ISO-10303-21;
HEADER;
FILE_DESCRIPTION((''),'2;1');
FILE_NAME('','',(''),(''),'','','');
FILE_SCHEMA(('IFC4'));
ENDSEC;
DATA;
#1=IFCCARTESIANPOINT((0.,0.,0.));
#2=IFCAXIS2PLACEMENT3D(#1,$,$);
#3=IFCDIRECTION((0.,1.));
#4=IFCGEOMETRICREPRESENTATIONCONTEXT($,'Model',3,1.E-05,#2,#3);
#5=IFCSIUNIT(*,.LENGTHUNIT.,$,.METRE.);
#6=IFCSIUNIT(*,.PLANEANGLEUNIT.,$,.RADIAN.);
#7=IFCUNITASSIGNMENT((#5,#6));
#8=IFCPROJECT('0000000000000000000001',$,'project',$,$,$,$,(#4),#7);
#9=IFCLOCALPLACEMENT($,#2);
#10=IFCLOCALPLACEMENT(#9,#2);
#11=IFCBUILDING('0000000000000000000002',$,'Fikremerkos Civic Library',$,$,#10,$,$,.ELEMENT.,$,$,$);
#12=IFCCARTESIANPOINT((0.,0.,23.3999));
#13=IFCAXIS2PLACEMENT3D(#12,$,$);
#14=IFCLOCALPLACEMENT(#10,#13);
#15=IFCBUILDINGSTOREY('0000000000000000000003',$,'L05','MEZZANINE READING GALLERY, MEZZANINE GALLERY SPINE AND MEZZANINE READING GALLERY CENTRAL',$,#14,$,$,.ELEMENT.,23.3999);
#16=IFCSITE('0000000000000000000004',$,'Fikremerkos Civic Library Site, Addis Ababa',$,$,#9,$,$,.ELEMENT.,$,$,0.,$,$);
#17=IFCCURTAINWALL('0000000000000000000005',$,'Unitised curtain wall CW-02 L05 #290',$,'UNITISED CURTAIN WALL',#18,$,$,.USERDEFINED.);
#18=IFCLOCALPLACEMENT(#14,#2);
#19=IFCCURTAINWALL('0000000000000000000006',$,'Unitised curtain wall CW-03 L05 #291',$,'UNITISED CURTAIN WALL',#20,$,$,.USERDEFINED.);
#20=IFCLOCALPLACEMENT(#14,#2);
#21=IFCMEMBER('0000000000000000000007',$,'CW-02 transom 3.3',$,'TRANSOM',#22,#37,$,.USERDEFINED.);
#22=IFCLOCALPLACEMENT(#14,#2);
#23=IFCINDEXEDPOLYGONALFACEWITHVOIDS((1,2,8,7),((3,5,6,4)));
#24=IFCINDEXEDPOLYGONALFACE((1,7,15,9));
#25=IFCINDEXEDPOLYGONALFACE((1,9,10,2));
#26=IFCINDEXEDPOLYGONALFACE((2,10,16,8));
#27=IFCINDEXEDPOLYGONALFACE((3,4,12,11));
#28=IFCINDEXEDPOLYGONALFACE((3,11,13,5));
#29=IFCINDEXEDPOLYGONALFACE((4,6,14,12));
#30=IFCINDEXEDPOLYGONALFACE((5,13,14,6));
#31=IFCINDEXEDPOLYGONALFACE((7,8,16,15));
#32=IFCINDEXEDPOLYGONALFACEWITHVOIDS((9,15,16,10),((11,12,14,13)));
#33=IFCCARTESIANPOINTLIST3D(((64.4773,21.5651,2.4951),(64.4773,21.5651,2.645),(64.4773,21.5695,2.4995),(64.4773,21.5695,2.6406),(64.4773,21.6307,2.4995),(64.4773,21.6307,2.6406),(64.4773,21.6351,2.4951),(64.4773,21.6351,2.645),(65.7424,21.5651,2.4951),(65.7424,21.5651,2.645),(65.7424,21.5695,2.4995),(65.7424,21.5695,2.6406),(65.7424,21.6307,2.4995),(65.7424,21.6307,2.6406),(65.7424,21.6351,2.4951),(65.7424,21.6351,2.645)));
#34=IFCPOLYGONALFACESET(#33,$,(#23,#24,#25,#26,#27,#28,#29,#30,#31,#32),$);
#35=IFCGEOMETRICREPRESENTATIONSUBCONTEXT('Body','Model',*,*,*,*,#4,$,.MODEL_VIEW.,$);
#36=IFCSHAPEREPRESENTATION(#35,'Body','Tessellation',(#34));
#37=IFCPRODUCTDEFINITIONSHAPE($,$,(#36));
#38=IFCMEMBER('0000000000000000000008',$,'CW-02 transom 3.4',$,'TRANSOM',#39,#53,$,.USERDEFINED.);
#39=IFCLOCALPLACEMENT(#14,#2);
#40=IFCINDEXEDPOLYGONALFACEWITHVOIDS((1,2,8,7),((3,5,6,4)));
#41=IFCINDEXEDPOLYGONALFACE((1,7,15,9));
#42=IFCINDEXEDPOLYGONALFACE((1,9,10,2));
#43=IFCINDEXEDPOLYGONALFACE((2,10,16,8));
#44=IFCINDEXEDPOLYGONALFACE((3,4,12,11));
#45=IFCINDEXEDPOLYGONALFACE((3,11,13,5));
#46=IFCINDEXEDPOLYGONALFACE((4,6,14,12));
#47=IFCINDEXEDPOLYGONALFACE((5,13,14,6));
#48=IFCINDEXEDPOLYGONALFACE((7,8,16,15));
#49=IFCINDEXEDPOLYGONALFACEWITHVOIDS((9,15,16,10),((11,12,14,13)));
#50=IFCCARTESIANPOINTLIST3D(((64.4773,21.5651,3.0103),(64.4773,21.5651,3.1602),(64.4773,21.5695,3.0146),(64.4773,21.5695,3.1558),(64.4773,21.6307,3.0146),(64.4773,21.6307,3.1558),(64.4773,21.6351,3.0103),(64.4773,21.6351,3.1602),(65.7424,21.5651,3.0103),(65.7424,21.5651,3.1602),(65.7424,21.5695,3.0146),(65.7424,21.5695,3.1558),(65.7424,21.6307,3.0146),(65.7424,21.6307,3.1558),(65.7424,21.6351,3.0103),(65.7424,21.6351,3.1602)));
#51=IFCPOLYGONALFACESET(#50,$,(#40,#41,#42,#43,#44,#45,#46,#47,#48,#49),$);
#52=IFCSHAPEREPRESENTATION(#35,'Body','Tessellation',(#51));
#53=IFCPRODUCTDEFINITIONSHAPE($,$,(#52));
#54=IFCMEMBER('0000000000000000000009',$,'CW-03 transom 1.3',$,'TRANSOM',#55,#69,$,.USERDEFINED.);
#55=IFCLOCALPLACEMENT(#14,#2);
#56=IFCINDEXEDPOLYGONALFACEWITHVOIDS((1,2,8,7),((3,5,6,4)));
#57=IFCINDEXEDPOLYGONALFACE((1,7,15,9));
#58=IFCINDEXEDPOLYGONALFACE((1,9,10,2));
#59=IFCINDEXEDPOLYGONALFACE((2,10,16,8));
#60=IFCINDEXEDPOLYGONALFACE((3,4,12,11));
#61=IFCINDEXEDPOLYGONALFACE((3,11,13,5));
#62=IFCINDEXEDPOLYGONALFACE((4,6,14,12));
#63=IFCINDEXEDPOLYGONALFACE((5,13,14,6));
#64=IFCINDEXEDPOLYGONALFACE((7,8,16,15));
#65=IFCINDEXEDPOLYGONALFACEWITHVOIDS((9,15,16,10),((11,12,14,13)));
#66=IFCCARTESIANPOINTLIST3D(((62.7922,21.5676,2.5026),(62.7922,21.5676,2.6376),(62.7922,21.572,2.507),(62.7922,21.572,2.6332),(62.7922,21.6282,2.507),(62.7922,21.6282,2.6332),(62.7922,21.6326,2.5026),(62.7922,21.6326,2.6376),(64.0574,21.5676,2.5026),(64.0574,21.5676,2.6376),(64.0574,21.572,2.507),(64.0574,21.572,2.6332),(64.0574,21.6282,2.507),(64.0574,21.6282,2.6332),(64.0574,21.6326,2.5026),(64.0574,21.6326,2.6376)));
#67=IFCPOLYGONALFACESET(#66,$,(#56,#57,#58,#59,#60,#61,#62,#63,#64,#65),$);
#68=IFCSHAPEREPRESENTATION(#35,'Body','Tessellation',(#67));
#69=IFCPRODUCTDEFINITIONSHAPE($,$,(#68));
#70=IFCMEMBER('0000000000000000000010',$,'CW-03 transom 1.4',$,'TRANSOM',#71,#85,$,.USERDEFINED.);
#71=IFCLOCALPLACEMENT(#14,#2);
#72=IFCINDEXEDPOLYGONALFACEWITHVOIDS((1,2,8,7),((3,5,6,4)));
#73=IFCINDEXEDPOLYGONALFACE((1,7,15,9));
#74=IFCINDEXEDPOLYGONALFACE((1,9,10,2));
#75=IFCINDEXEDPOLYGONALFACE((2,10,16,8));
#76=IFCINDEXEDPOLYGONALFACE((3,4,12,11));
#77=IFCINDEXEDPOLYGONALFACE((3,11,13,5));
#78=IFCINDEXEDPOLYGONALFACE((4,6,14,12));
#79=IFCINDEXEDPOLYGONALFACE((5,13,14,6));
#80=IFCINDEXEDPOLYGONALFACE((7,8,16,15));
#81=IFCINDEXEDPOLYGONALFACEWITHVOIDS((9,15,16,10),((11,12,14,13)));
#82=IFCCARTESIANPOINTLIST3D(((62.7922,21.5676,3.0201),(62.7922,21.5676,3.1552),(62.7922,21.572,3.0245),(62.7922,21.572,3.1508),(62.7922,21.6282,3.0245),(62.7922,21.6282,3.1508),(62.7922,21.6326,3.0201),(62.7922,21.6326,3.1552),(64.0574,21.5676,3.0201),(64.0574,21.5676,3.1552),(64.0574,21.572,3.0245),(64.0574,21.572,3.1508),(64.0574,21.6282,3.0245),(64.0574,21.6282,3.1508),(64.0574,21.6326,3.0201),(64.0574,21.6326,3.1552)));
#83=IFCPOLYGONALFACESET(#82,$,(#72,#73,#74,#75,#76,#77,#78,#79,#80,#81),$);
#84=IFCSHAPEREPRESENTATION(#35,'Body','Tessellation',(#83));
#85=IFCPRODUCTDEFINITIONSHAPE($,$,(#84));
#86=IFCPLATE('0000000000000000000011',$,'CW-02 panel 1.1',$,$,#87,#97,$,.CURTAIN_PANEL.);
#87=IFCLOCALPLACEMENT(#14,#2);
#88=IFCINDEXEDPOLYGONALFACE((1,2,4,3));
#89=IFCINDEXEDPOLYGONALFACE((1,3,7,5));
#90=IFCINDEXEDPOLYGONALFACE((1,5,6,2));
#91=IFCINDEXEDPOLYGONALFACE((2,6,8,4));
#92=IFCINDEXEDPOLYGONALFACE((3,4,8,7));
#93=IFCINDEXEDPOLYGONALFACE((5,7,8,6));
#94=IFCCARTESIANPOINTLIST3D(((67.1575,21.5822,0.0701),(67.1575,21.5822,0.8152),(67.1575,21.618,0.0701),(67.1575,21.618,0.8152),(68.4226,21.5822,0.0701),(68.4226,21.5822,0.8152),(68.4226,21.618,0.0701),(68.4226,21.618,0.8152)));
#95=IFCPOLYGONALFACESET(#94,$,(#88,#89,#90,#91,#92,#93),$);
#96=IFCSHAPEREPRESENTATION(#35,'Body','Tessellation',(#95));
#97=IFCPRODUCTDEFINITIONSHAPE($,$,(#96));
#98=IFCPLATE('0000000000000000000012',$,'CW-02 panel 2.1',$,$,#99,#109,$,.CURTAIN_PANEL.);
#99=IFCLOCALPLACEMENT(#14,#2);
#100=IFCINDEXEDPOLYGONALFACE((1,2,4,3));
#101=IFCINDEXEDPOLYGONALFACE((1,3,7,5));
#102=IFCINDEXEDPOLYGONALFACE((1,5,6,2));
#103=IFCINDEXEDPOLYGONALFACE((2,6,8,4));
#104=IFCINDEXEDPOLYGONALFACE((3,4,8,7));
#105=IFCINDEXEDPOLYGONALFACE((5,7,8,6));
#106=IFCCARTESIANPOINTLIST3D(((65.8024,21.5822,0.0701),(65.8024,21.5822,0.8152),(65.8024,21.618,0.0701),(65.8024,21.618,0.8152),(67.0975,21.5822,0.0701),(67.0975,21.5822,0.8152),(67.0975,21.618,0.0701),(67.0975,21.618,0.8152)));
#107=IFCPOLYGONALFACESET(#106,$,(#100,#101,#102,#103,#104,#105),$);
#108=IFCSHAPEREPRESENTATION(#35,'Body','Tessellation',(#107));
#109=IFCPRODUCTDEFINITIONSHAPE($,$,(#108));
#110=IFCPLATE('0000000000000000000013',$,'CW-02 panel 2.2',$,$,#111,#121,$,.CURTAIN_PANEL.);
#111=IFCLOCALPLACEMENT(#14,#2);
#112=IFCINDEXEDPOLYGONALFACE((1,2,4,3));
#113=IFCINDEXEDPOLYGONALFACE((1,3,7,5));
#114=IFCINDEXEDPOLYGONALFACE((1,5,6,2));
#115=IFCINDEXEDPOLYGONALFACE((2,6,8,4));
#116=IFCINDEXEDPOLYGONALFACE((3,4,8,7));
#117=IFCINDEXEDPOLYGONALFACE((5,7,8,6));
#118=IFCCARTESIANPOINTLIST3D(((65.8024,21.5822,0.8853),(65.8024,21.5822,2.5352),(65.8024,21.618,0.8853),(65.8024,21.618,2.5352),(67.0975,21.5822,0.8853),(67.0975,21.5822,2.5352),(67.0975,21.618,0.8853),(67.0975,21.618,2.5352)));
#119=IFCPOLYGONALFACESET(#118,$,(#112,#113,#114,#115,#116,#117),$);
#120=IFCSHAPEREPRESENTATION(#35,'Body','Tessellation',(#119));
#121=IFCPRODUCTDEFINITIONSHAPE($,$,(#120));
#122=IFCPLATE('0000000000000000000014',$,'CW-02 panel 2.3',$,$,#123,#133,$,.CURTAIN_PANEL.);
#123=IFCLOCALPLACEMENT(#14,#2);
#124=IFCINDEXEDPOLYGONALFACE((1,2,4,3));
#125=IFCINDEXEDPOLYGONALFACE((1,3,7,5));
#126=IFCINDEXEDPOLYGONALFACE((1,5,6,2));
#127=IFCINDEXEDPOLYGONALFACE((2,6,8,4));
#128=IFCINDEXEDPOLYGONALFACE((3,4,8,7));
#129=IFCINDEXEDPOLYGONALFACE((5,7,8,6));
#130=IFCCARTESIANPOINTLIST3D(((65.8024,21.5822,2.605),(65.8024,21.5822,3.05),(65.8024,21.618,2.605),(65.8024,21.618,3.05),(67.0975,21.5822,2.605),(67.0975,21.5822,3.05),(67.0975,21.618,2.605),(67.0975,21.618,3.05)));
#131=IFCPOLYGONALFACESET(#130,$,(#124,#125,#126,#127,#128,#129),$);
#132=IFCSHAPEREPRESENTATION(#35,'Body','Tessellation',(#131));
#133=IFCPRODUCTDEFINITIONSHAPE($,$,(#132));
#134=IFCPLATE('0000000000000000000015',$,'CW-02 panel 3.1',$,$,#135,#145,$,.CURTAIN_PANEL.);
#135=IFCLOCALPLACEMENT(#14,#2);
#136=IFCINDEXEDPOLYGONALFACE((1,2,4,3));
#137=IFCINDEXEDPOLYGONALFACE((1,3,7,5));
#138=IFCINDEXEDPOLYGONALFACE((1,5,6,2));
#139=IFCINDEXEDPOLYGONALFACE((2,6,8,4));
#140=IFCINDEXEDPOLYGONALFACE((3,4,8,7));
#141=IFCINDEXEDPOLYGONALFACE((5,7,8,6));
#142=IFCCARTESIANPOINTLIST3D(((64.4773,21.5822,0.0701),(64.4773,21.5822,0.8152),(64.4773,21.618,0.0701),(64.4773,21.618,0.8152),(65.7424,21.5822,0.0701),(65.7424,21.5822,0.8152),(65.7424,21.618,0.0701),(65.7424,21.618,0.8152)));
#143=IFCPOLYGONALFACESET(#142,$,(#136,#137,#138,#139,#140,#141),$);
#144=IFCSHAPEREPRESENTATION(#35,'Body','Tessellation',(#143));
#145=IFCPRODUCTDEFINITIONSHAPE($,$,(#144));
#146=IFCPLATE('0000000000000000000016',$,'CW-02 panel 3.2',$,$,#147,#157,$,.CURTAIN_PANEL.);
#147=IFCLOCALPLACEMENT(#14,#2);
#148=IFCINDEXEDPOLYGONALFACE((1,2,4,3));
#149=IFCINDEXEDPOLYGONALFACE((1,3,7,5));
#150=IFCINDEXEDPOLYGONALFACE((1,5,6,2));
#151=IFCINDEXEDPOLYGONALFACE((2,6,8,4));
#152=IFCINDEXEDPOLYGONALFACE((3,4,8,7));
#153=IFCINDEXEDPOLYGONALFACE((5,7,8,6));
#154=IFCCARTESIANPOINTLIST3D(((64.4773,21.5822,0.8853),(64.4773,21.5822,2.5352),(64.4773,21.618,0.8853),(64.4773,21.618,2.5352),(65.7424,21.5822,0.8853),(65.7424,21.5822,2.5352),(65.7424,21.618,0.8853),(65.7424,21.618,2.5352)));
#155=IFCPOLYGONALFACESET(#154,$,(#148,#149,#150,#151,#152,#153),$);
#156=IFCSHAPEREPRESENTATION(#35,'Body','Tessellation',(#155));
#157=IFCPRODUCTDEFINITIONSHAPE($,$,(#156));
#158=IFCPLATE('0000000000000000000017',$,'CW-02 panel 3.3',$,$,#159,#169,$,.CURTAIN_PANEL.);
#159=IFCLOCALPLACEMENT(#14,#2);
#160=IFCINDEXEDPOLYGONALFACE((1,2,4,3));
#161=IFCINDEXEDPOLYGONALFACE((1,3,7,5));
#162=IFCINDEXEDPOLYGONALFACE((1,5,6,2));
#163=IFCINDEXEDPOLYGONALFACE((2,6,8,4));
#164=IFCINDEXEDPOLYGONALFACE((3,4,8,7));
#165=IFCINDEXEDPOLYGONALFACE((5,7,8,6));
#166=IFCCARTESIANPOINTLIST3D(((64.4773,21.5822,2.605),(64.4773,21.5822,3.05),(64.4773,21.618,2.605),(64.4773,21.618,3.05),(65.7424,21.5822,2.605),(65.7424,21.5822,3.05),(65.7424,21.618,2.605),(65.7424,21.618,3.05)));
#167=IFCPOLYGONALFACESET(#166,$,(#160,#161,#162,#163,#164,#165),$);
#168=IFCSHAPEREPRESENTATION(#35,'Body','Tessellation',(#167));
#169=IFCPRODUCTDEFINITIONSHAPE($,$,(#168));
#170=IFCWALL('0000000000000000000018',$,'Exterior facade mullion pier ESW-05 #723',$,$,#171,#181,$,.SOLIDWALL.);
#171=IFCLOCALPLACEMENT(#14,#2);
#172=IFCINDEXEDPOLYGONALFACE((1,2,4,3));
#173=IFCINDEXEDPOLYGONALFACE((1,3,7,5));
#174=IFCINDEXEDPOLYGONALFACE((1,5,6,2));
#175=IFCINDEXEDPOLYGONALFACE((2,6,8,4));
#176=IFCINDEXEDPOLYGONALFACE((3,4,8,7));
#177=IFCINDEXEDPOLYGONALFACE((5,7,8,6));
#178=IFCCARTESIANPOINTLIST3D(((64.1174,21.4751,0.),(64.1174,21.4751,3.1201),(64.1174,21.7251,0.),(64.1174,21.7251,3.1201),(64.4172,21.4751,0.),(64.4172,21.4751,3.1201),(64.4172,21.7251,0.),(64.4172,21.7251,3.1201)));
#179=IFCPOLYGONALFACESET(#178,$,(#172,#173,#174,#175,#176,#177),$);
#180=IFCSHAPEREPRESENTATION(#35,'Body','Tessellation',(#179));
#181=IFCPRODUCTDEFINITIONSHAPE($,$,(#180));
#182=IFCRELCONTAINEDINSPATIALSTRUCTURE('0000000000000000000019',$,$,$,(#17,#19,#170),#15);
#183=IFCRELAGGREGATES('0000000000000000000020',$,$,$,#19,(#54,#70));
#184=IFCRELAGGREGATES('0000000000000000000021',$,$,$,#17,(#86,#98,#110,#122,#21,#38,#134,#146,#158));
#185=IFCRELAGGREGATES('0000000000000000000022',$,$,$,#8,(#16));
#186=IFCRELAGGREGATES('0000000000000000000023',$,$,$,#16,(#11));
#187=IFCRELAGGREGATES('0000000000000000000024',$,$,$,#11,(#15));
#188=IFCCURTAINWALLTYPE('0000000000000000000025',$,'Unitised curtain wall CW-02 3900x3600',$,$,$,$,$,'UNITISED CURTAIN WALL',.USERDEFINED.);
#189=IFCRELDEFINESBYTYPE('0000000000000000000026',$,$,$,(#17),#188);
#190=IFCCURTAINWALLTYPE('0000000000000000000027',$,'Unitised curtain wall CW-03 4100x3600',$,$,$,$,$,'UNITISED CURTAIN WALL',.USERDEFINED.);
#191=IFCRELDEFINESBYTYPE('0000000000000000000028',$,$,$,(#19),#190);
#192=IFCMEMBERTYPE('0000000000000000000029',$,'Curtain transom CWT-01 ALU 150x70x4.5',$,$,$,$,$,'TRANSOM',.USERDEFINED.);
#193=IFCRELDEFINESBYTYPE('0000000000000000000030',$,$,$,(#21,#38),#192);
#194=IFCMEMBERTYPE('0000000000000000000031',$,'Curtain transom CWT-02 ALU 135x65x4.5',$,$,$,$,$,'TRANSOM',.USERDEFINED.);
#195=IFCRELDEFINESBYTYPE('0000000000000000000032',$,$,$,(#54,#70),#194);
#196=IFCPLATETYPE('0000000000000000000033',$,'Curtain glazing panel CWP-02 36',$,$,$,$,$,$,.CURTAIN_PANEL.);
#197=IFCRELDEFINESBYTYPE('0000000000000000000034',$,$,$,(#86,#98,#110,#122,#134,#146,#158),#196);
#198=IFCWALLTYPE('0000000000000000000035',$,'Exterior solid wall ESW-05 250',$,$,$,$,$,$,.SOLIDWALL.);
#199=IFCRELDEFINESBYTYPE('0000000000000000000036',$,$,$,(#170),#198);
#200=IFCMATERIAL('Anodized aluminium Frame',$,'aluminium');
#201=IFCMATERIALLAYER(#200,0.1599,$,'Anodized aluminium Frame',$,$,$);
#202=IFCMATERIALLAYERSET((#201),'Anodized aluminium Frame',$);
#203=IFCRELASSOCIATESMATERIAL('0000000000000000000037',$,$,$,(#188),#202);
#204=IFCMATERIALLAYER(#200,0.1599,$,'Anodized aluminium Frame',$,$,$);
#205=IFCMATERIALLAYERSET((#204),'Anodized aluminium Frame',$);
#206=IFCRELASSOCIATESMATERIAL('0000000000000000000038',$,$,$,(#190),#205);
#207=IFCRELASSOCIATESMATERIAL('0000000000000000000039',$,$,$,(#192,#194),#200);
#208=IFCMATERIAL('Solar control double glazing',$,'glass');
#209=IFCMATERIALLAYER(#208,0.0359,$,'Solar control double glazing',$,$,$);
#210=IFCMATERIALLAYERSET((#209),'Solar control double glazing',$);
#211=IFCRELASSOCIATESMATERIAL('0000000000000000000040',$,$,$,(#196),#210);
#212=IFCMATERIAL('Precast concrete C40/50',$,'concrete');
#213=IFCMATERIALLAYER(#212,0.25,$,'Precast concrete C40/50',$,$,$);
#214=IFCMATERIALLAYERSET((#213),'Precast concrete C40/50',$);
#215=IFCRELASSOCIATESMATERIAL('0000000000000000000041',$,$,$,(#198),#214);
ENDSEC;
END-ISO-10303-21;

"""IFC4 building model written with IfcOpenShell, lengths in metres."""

from ifc_helpers import new_model, si_unit, direction, frame, frame_2d, origin, origin_2d, place, context, subcontext, project, spatial, rectangle, hollow_rectangle, extrude, material, layer, layer_set, material_profile, profile_set, type_object, element, aggregate, save


model = new_model("IFC4")

# Units and contexts
model_context = context("Model", 3, precision=1e-05, world=origin(), true_north=direction((0.0, 1.0)))
body_context = subcontext(model_context, "Body", "Model", "MODEL_VIEW")
ifc_project = project(units=[si_unit("LENGTHUNIT", "METRE"), si_unit("PLANEANGLEUNIT", "RADIAN")], contexts=[model_context])

# Site, building, storey
site_placement = place(None, origin())
site = spatial("IfcSite", under=ifc_project, at=site_placement, Name="Fikremerkos Civic Library Site, Addis Ababa", CompositionType="ELEMENT", RefElevation=0.0)
building_placement = place(site_placement, origin())
building = spatial("IfcBuilding", under=site, at=building_placement, Name="Fikremerkos Civic Library", CompositionType="ELEMENT")
storey_placement = place(building_placement, frame((0.0, 0.0, 23.3999)))
storey = spatial("IfcBuildingStorey", under=building, at=storey_placement, Name="L05", Description="MEZZANINE READING GALLERY, MEZZANINE GALLERY SPINE AND MEZZANINE READING GALLERY CENTRAL", CompositionType="ELEMENT", Elevation=23.3999)

# Curtain wall
ifc_material_1 = material(Name="Anodized aluminium Frame", Category="aluminium")
ifc_layer_1 = layer(ifc_material_1, 0.1599, Name="Anodized aluminium Frame")
ifc_layer_set_1 = layer_set([ifc_layer_1], Name="Anodized aluminium Frame")
curtain_wall_type_1 = type_object("IfcCurtainWallType", Name="Unitised curtain wall CW-02 3900x3600", ElementType="UNITISED CURTAIN WALL", PredefinedType="USERDEFINED", material=ifc_layer_set_1)
curtain_wall_1_placement = place(storey_placement, origin())
curtain_wall_1 = element("IfcCurtainWall", 1, at=curtain_wall_1_placement, inside=storey, type_object=curtain_wall_type_1, Name="Unitised curtain wall CW-02 L05 #290", ObjectType="UNITISED CURTAIN WALL", PredefinedType="USERDEFINED")

# Curtain wall
ifc_layer_2 = layer(ifc_material_1, 0.1599, Name="Anodized aluminium Frame")
ifc_layer_set_2 = layer_set([ifc_layer_2], Name="Anodized aluminium Frame")
curtain_wall_type_2 = type_object("IfcCurtainWallType", Name="Unitised curtain wall CW-03 4100x3600", ElementType="UNITISED CURTAIN WALL", PredefinedType="USERDEFINED", material=ifc_layer_set_2)
curtain_wall_2_placement = place(storey_placement, origin())
curtain_wall_2 = element("IfcCurtainWall", 2, at=curtain_wall_2_placement, inside=storey, type_object=curtain_wall_type_2, Name="Unitised curtain wall CW-03 L05 #291", ObjectType="UNITISED CURTAIN WALL", PredefinedType="USERDEFINED")

# Members
ifc_material_profile_1 = material_profile(ifc_material_1, hollow_rectangle(XDim=0.0701, YDim=0.1499, WallThickness=0.0044, at=origin_2d()), Name="ALU 150x70x4.5")
ifc_profile_set_1 = profile_set([ifc_material_profile_1], Name="Anodized aluminium Frame")
member_type_1 = type_object("IfcMemberType", Name="Curtain transom CWT-01 ALU 150x70x4.5", ElementType="TRANSOM", PredefinedType="USERDEFINED", material=ifc_profile_set_1)
member_1_placement = place(storey_placement, frame((65.7424, 21.6001, 2.5701), z_axis=(-1.0, 0.0, 0.0), x_axis=(0.0, -1.0, 0.0)))
member_1 = element("IfcMember", 3, at=member_1_placement, type_object=member_type_1, Name="CW-02 transom 3.3", ObjectType="TRANSOM", PredefinedType="USERDEFINED", context=body_context, shape_type="SweptSolid", body=[
    extrude(hollow_rectangle(XDim=0.0701, YDim=0.1499, WallThickness=0.0044, at=origin_2d()), origin(), (0.0, 0.0, 1.0), 1.2651),
])
member_2_placement = place(storey_placement, frame((65.7424, 21.6001, 3.0852), z_axis=(-1.0, 0.0, 0.0), x_axis=(0.0, -1.0, 0.0)))
member_2 = element("IfcMember", 4, at=member_2_placement, type_object=member_type_1, Name="CW-02 transom 3.4", ObjectType="TRANSOM", PredefinedType="USERDEFINED", context=body_context, shape_type="SweptSolid", body=[
    extrude(hollow_rectangle(XDim=0.0701, YDim=0.1499, WallThickness=0.0044, at=origin_2d()), origin(), (0.0, 0.0, 1.0), 1.2651),
])
ifc_material_profile_2 = material_profile(ifc_material_1, hollow_rectangle(XDim=0.0649, YDim=0.135, WallThickness=0.0044, at=origin_2d()), Name="ALU 135x65x4.5")
ifc_profile_set_2 = profile_set([ifc_material_profile_2], Name="Anodized aluminium Frame")
member_type_2 = type_object("IfcMemberType", Name="Curtain transom CWT-02 ALU 135x65x4.5", ElementType="TRANSOM", PredefinedType="USERDEFINED", material=ifc_profile_set_2)
member_3_placement = place(storey_placement, frame((64.0574, 21.6001, 2.5701), z_axis=(-1.0, 0.0, 0.0), x_axis=(0.0, -1.0, 0.0)))
member_3 = element("IfcMember", 5, at=member_3_placement, type_object=member_type_2, Name="CW-03 transom 1.3", ObjectType="TRANSOM", PredefinedType="USERDEFINED", context=body_context, shape_type="SweptSolid", body=[
    extrude(hollow_rectangle(XDim=0.0649, YDim=0.135, WallThickness=0.0044, at=origin_2d()), origin(), (0.0, 0.0, 1.0), 1.2651),
])
member_4_placement = place(storey_placement, frame((64.0574, 21.6001, 3.0876), z_axis=(-1.0, 0.0, 0.0), x_axis=(0.0, -1.0, 0.0)))
member_4 = element("IfcMember", 6, at=member_4_placement, type_object=member_type_2, Name="CW-03 transom 1.4", ObjectType="TRANSOM", PredefinedType="USERDEFINED", context=body_context, shape_type="SweptSolid", body=[
    extrude(hollow_rectangle(XDim=0.0649, YDim=0.135, WallThickness=0.0044, at=origin_2d()), origin(), (0.0, 0.0, 1.0), 1.2651),
])
aggregate(curtain_wall_2, [member_3, member_4])

# Plates
ifc_material_2 = material(Name="Solar control double glazing", Category="glass")
ifc_layer_3 = layer(ifc_material_2, 0.0359, Name="Solar control double glazing")
ifc_layer_set_3 = layer_set([ifc_layer_3], Name="Solar control double glazing")
plate_type = type_object("IfcPlateType", Name="Curtain glazing panel CWP-02 36", PredefinedType="CURTAIN_PANEL", material=ifc_layer_set_3)
plate_1_placement = place(storey_placement, frame((67.79, 21.6001, 0.0701), z_axis=(0.0, 0.0, 1.0), x_axis=(-1.0, 0.0, 0.0)))
plate_1 = element("IfcPlate", 7, at=plate_1_placement, type_object=plate_type, Name="CW-02 panel 1.1", PredefinedType="CURTAIN_PANEL", context=body_context, shape_type="SweptSolid", body=[
    extrude(rectangle(XDim=1.2651, YDim=0.0359, at=origin_2d()), origin(), (0.0, 0.0, 1.0), 0.7451),
])
plate_2_placement = place(storey_placement, frame((66.45, 21.6001, 0.0701), z_axis=(0.0, 0.0, 1.0), x_axis=(-1.0, 0.0, 0.0)))
plate_2 = element("IfcPlate", 8, at=plate_2_placement, type_object=plate_type, Name="CW-02 panel 2.1", PredefinedType="CURTAIN_PANEL", context=body_context, shape_type="SweptSolid", body=[
    extrude(rectangle(XDim=1.2952, YDim=0.0359, at=origin_2d()), origin(), (0.0, 0.0, 1.0), 0.7451),
])
plate_3_placement = place(storey_placement, frame((66.45, 21.6001, 0.8853), z_axis=(0.0, 0.0, 1.0), x_axis=(-1.0, 0.0, 0.0)))
plate_3 = element("IfcPlate", 9, at=plate_3_placement, type_object=plate_type, Name="CW-02 panel 2.2", PredefinedType="CURTAIN_PANEL", context=body_context, shape_type="SweptSolid", body=[
    extrude(rectangle(XDim=1.2952, YDim=0.0359, at=origin_2d()), origin(), (0.0, 0.0, 1.0), 1.6499),
])
plate_4_placement = place(storey_placement, frame((66.45, 21.6001, 2.605), z_axis=(0.0, 0.0, 1.0), x_axis=(-1.0, 0.0, 0.0)))
plate_4 = element("IfcPlate", 10, at=plate_4_placement, type_object=plate_type, Name="CW-02 panel 2.3", PredefinedType="CURTAIN_PANEL", context=body_context, shape_type="SweptSolid", body=[
    extrude(rectangle(XDim=1.2952, YDim=0.0359, at=origin_2d()), origin(), (0.0, 0.0, 1.0), 0.4451),
])
plate_5_placement = place(storey_placement, frame((65.1099, 21.6001, 0.0701), z_axis=(0.0, 0.0, 1.0), x_axis=(-1.0, 0.0, 0.0)))
plate_5 = element("IfcPlate", 11, at=plate_5_placement, type_object=plate_type, Name="CW-02 panel 3.1", PredefinedType="CURTAIN_PANEL", context=body_context, shape_type="SweptSolid", body=[
    extrude(rectangle(XDim=1.2651, YDim=0.0359, at=origin_2d()), origin(), (0.0, 0.0, 1.0), 0.7451),
])
plate_6_placement = place(storey_placement, frame((65.1099, 21.6001, 0.8853), z_axis=(0.0, 0.0, 1.0), x_axis=(-1.0, 0.0, 0.0)))
plate_6 = element("IfcPlate", 12, at=plate_6_placement, type_object=plate_type, Name="CW-02 panel 3.2", PredefinedType="CURTAIN_PANEL", context=body_context, shape_type="SweptSolid", body=[
    extrude(rectangle(XDim=1.2651, YDim=0.0359, at=origin_2d()), origin(), (0.0, 0.0, 1.0), 1.6499),
])
plate_7_placement = place(storey_placement, frame((65.1099, 21.6001, 2.605), z_axis=(0.0, 0.0, 1.0), x_axis=(-1.0, 0.0, 0.0)))
plate_7 = element("IfcPlate", 13, at=plate_7_placement, type_object=plate_type, Name="CW-02 panel 3.3", PredefinedType="CURTAIN_PANEL", context=body_context, shape_type="SweptSolid", body=[
    extrude(rectangle(XDim=1.2651, YDim=0.0359, at=origin_2d()), origin(), (0.0, 0.0, 1.0), 0.4451),
])
aggregate(curtain_wall_1, [plate_1, plate_2, plate_3, plate_4, member_1, member_2, plate_5, plate_6, plate_7])

# Wall
ifc_material_3 = material(Name="Precast concrete C40/50", Category="concrete")
ifc_layer_4 = layer(ifc_material_3, 0.25, Name="Precast concrete C40/50")
ifc_layer_set_4 = layer_set([ifc_layer_4], Name="Precast concrete C40/50")
wall_type = type_object("IfcWallType", Name="Exterior solid wall ESW-05 250", PredefinedType="SOLIDWALL", material=ifc_layer_set_4)
wall_placement = place(storey_placement, frame((64.4172, 21.6001, 0.0), z_axis=(0.0, 0.0, 1.0), x_axis=(-1.0, 0.0, 0.0)))
element("IfcWall", 14, at=wall_placement, inside=storey, type_object=wall_type, Name="Exterior facade mullion pier ESW-05 #723", PredefinedType="SOLIDWALL", context=body_context, shape_type="SweptSolid", body=[
    extrude(rectangle(XDim=0.2998, YDim=0.25, at=frame_2d((0.1499, 0.0))), origin(), (0.0, 0.0, 1.0), 3.1201),
])

save(model, "model.ifc")
